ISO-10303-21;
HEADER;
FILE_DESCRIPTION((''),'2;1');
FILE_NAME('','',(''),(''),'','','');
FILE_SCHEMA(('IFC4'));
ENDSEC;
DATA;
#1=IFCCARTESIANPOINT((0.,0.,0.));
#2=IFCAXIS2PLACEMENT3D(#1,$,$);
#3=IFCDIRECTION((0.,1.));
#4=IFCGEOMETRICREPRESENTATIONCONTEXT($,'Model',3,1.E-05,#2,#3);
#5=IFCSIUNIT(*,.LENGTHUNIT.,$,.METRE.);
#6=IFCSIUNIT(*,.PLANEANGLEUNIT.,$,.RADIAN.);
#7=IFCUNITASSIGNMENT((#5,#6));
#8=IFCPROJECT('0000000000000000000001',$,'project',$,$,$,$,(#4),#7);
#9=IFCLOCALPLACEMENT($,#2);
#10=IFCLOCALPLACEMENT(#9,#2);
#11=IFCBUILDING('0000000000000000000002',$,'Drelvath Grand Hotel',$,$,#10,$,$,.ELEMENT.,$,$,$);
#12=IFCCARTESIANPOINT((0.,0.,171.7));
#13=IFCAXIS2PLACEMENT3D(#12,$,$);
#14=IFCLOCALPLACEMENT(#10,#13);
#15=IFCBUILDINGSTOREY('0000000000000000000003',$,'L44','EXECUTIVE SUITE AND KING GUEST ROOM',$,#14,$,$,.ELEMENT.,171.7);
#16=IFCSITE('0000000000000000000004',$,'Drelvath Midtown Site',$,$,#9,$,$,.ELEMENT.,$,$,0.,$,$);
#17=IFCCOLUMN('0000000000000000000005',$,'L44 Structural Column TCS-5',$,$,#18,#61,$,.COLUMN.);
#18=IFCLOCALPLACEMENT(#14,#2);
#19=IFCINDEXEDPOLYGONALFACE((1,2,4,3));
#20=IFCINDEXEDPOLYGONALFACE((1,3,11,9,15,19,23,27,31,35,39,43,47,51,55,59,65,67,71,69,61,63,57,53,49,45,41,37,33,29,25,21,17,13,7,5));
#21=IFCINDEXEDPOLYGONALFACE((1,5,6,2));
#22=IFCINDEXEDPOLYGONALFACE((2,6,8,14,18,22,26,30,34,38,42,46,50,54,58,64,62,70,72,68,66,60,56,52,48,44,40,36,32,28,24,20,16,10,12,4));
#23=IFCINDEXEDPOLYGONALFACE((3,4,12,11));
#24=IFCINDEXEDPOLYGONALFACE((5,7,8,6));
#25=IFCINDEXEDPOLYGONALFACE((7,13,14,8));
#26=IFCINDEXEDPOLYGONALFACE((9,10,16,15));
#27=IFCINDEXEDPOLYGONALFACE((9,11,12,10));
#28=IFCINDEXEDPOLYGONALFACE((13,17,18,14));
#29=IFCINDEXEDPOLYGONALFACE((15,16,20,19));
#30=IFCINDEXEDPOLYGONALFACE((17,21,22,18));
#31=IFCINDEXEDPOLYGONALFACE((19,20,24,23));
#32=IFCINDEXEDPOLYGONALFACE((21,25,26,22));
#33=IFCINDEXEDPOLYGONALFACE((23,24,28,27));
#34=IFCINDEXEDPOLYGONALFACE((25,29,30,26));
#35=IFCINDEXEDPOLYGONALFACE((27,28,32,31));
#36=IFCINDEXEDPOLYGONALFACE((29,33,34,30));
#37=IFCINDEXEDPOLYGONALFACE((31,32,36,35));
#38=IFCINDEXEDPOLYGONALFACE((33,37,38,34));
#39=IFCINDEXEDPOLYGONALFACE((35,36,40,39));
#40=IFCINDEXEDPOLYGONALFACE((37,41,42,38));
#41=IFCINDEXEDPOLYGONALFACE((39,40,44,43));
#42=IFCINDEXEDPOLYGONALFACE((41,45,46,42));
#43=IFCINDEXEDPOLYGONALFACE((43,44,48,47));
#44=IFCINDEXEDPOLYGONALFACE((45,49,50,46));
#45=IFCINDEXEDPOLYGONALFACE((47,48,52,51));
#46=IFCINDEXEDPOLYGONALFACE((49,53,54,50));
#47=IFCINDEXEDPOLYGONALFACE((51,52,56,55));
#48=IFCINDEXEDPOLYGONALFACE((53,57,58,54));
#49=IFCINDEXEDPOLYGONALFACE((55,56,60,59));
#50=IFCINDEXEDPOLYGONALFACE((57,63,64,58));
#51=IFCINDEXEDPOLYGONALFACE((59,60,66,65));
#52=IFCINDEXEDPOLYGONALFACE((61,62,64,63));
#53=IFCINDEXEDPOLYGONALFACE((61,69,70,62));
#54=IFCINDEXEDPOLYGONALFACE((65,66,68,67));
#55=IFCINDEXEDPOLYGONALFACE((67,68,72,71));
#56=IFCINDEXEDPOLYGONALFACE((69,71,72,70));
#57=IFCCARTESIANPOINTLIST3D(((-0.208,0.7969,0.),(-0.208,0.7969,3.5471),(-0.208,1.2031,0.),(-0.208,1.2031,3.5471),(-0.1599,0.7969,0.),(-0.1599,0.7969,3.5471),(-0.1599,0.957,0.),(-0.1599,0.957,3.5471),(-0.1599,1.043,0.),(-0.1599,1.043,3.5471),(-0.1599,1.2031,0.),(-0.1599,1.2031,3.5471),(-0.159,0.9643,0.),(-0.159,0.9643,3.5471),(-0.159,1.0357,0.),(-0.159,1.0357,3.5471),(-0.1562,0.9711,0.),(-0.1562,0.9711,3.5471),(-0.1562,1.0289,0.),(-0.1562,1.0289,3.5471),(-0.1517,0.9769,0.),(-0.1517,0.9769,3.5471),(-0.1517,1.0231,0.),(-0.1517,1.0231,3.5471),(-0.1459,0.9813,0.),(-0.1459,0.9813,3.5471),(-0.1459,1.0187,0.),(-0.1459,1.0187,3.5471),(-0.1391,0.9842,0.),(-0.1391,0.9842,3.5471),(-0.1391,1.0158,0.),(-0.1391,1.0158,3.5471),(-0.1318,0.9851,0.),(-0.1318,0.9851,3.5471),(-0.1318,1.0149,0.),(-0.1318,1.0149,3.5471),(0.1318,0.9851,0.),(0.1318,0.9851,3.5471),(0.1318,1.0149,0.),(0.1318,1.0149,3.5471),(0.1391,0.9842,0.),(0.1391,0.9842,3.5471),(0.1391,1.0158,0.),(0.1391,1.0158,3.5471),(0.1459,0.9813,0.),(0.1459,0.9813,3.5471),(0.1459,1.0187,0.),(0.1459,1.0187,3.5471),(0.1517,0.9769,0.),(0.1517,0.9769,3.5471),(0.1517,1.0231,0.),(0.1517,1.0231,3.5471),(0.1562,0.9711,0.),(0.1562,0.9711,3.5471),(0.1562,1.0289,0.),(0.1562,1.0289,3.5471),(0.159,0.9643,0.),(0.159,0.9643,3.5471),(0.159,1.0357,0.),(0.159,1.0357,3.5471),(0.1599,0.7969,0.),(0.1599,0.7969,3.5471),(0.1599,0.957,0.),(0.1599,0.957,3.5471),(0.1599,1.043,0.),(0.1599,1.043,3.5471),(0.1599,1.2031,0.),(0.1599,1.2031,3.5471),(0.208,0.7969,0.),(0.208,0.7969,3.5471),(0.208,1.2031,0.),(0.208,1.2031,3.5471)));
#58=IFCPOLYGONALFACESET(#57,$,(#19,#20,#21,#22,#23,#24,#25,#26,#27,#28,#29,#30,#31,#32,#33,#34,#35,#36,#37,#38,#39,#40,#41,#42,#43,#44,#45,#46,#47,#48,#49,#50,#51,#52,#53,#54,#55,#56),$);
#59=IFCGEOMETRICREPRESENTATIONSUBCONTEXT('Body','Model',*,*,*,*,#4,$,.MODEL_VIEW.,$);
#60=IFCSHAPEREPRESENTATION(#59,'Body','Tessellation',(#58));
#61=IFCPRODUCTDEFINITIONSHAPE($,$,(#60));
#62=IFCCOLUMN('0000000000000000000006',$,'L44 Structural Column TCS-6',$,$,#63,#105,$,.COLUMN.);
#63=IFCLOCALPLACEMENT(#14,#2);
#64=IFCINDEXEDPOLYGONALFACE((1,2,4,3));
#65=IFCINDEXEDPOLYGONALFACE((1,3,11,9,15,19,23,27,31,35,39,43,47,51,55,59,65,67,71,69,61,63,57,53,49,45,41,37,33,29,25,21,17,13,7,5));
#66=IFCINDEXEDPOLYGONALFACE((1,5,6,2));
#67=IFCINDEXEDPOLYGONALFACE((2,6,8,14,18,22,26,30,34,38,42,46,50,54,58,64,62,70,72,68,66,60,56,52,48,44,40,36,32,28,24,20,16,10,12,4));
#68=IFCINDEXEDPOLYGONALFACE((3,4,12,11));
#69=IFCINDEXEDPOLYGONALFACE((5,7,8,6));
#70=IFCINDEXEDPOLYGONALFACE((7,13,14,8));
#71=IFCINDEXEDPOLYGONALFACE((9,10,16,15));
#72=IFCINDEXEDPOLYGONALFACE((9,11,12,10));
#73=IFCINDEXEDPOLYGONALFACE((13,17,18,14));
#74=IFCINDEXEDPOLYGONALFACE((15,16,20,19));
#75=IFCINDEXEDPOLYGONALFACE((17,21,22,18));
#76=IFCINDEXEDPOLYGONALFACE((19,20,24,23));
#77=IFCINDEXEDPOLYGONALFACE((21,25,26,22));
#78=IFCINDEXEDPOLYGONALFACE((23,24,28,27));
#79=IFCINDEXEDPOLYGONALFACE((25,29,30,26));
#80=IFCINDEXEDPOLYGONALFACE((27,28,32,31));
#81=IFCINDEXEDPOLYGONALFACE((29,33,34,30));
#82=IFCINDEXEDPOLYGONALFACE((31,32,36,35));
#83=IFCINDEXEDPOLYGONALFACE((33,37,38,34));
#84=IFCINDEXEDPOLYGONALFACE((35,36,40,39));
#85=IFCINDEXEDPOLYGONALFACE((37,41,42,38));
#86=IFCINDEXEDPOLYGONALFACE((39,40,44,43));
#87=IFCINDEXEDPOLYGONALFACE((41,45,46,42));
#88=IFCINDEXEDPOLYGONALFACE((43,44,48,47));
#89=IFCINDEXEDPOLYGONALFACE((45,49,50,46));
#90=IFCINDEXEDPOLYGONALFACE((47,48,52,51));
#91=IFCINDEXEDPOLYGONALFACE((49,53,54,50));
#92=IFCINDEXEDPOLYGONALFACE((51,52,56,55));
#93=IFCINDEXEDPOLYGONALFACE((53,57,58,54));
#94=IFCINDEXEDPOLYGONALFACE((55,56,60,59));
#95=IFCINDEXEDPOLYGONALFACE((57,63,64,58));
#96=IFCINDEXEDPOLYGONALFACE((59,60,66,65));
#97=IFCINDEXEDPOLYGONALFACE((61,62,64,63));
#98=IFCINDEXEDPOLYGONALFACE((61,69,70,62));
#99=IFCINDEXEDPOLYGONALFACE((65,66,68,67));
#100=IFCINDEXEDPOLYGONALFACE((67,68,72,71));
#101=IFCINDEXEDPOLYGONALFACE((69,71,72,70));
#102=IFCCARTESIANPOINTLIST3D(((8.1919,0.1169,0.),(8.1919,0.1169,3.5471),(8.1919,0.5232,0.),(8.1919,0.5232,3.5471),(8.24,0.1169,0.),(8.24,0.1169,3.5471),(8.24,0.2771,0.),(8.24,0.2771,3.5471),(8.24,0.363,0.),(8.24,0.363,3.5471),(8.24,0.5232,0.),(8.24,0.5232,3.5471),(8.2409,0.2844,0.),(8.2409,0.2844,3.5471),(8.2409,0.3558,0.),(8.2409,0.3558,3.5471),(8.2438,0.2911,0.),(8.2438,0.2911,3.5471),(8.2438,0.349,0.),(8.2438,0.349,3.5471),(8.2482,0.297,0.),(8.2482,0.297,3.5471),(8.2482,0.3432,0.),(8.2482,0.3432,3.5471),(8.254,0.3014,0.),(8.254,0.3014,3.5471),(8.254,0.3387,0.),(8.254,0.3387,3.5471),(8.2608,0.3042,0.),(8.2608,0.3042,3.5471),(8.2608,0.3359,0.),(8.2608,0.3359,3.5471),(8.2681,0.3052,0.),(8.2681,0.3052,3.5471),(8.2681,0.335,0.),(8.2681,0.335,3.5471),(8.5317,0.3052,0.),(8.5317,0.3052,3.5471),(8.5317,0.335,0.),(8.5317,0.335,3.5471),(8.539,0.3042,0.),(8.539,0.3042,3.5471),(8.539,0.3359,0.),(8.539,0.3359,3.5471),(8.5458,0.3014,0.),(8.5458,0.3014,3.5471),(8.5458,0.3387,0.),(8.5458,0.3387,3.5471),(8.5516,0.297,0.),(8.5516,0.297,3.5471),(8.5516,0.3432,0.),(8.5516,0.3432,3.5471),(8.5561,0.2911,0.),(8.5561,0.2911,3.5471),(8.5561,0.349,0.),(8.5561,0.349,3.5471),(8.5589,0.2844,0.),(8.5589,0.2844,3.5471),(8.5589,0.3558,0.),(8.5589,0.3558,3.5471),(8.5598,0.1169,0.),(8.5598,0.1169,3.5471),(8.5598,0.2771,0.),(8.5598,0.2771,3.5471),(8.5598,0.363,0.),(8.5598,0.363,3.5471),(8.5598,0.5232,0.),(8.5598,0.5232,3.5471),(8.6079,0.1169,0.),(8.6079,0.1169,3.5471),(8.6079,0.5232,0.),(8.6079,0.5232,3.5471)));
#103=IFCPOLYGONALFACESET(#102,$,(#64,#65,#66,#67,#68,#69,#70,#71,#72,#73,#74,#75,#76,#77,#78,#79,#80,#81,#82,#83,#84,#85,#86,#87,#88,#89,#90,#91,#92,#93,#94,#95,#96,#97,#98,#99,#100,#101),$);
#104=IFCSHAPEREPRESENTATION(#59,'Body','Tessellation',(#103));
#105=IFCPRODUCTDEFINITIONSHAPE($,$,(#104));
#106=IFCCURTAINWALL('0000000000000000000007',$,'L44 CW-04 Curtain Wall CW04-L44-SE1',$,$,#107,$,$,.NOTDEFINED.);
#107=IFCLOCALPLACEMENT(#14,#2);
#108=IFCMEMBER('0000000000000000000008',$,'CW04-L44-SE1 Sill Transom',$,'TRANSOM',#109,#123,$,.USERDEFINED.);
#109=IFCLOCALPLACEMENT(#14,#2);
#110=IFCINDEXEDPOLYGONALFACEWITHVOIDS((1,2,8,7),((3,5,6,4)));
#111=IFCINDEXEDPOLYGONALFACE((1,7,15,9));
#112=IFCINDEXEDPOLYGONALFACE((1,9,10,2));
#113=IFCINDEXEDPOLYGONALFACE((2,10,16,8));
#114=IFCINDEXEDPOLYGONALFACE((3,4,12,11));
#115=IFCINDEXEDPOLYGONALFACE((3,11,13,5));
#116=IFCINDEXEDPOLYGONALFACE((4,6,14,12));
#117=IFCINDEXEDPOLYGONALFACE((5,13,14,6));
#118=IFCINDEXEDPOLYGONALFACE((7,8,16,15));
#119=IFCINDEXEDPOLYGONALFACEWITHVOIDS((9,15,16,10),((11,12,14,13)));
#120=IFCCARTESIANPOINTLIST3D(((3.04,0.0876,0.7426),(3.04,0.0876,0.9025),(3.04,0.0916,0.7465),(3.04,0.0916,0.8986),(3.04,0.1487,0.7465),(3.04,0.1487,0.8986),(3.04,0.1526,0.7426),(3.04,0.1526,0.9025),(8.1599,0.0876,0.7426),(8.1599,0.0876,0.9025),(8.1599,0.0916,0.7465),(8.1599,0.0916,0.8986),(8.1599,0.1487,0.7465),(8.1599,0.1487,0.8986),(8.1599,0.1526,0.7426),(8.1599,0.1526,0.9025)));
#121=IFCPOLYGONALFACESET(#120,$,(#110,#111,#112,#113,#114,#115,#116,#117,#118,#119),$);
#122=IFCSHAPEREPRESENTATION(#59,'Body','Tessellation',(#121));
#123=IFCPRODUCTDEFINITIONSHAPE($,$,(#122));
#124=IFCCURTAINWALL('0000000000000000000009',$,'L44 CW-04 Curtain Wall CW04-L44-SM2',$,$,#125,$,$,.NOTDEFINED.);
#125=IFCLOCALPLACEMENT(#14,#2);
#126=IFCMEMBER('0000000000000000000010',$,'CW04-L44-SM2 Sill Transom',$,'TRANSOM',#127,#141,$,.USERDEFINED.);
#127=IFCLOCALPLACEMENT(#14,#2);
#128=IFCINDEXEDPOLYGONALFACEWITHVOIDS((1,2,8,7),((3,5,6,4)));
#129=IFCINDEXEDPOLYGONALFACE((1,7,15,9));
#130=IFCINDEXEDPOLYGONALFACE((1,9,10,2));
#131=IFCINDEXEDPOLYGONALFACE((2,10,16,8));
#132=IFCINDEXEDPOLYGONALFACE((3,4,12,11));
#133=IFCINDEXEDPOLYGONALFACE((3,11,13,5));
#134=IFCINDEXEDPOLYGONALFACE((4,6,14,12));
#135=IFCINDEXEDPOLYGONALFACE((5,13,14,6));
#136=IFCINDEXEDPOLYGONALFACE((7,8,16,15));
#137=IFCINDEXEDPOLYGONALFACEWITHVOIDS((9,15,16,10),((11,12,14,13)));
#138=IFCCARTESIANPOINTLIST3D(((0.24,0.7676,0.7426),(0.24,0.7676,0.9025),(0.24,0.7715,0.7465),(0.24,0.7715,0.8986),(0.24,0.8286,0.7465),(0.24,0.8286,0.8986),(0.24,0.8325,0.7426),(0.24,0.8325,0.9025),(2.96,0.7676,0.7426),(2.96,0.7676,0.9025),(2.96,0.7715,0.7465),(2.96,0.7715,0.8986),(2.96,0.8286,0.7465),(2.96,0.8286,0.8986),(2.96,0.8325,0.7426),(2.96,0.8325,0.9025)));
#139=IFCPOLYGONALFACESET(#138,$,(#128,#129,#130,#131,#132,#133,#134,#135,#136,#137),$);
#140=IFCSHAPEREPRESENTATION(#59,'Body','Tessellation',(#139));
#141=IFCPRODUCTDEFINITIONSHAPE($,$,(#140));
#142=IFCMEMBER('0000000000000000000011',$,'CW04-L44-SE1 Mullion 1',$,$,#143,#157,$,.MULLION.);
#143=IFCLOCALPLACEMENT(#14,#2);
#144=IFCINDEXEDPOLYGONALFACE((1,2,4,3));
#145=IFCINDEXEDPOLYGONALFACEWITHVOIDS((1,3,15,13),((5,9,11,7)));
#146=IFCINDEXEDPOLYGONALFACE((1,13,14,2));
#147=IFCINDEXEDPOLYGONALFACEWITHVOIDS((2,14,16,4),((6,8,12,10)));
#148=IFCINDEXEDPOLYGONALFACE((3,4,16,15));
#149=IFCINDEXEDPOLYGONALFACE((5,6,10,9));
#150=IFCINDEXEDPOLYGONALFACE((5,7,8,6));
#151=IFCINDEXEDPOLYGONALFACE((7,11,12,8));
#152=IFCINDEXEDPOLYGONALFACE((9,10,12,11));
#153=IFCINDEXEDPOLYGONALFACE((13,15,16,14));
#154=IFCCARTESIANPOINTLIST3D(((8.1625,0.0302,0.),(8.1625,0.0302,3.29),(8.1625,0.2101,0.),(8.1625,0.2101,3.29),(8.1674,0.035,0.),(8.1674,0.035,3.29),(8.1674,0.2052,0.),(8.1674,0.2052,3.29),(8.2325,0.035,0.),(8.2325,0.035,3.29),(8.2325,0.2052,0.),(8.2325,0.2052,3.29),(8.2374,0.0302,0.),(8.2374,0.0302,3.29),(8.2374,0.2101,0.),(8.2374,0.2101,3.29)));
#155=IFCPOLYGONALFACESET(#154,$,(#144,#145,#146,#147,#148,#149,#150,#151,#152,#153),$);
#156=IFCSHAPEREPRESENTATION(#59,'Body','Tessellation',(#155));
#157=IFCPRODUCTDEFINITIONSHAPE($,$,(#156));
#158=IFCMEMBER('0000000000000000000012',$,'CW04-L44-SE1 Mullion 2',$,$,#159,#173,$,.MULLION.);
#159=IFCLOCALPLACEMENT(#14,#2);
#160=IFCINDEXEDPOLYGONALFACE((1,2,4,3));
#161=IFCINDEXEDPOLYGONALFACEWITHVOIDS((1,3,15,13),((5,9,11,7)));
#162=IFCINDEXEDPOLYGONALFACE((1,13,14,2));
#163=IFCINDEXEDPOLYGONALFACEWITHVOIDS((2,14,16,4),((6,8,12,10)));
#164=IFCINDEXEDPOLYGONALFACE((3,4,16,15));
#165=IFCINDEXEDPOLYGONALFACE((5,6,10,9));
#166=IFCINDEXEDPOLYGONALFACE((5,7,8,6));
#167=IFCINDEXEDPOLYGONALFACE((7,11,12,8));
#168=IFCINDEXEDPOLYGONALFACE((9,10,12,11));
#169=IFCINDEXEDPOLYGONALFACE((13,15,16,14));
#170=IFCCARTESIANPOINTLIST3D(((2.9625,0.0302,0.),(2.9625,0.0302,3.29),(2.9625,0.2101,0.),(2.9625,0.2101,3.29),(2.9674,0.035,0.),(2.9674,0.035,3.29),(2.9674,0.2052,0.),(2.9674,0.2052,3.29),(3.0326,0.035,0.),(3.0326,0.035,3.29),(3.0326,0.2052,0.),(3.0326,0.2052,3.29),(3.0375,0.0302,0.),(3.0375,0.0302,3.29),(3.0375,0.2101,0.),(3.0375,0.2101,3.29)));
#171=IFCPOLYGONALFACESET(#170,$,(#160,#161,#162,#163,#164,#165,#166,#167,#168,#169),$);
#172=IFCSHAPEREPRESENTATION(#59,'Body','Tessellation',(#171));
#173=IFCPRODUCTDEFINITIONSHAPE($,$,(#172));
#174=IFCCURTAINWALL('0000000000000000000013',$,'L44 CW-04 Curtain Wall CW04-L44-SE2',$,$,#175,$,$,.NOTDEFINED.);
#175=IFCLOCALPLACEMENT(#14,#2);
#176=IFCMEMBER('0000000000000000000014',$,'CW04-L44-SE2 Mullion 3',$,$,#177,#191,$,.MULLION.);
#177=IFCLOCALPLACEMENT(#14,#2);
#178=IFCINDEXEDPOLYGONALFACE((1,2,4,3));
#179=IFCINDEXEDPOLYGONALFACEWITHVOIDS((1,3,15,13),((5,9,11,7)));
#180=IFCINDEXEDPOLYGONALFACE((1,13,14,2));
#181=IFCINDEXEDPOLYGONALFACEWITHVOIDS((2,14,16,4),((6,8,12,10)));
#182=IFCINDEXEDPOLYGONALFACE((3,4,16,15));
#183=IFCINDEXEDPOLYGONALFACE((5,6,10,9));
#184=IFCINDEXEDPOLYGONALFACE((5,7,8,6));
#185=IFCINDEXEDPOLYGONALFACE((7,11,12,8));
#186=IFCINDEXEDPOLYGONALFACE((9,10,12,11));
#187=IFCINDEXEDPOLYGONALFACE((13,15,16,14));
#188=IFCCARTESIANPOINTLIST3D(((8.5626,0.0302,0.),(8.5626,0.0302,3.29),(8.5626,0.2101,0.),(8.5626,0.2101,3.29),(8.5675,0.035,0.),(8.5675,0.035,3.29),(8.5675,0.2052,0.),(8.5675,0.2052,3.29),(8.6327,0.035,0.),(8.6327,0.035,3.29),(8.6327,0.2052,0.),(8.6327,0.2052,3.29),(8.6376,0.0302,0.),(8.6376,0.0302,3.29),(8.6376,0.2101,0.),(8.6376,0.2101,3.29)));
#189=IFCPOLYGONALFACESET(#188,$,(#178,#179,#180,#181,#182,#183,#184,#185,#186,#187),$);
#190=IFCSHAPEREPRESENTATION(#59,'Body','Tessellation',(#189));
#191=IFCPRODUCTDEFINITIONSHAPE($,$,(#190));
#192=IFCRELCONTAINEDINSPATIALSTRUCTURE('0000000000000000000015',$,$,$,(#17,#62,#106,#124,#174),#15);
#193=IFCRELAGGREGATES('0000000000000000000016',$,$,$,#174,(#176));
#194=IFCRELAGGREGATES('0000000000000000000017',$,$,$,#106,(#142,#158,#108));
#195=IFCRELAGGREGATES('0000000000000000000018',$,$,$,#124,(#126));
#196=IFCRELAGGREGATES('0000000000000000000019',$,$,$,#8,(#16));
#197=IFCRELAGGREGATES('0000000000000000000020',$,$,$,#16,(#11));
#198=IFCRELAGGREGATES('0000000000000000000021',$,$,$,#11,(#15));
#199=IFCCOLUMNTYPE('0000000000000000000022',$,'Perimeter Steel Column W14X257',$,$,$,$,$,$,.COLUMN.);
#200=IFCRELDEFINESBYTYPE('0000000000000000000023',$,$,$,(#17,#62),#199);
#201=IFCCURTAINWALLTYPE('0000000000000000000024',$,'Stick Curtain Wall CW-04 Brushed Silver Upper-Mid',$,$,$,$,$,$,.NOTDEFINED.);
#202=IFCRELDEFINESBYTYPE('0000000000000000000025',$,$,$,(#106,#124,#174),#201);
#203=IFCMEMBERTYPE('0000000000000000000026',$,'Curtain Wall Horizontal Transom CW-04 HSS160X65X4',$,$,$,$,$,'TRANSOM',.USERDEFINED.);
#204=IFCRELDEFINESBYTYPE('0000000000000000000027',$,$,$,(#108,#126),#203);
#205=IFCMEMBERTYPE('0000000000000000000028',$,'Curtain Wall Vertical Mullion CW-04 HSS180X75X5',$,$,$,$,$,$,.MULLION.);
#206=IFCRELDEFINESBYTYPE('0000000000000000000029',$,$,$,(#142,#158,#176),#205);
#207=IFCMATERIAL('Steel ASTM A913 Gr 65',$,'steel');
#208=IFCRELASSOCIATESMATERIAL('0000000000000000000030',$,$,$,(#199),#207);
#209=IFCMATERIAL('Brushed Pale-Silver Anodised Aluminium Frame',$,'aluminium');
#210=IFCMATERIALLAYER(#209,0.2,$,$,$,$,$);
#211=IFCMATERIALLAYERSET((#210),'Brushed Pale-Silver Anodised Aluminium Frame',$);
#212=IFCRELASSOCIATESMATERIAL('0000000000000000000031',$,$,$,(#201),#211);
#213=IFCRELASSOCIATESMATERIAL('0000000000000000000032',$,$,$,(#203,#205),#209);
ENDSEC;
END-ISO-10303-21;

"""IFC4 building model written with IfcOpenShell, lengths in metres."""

from ifc_helpers import new_model, si_unit, direction, frame, origin, origin_2d, place, context, subcontext, project, spatial, hollow_rectangle, i_section, extrude, material, layer, layer_set, material_profile, profile_set, type_object, element, aggregate, save


model = new_model("IFC4")

# Units and contexts
model_context = context("Model", 3, precision=1e-05, world=origin(), true_north=direction((0.0, 1.0)))
body_context = subcontext(model_context, "Body", "Model", "MODEL_VIEW")
ifc_project = project(units=[si_unit("LENGTHUNIT", "METRE"), si_unit("PLANEANGLEUNIT", "RADIAN")], contexts=[model_context])

# Site, building, storey
site_placement = place(None, origin())
site = spatial("IfcSite", under=ifc_project, at=site_placement, Name="Drelvath Midtown Site", CompositionType="ELEMENT", RefElevation=0.0)
building_placement = place(site_placement, origin())
building = spatial("IfcBuilding", under=site, at=building_placement, Name="Drelvath Grand Hotel", CompositionType="ELEMENT")
storey_placement = place(building_placement, frame((0.0, 0.0, 171.7)))
storey = spatial("IfcBuildingStorey", under=building, at=storey_placement, Name="L44", Description="EXECUTIVE SUITE AND KING GUEST ROOM", CompositionType="ELEMENT", Elevation=171.7)

# Columns
ifc_material_1 = material(Name="Steel ASTM A913 Gr 65", Category="steel")
ifc_material_profile_1 = material_profile(ifc_material_1, i_section(OverallWidth=0.4062, OverallDepth=0.416, WebThickness=0.0298, FlangeThickness=0.0481, FilletRadius=0.0281, at=origin_2d()), Name="W14X257")
ifc_profile_set_1 = profile_set([ifc_material_profile_1], Name="Steel ASTM A913 Gr 65")
column_type = type_object("IfcColumnType", Name="Perimeter Steel Column W14X257", PredefinedType="COLUMN", material=ifc_profile_set_1)
for number, where, z_axis, x_axis, name in (
    (1, (0.0, 1.0, 0.0), (0.0, 0.0, 1.0), (0.0, 1.0, 0.0), "L44 Structural Column TCS-5"),
    (2, (8.3999, 0.3201, 0.0), (0.0, 0.0, 1.0), (0.0, 1.0, 0.0), "L44 Structural Column TCS-6"),
):
    element("IfcColumn", number, at=place(storey_placement, frame(where, z_axis=z_axis, x_axis=x_axis)), inside=storey, type_object=column_type, Name=name, PredefinedType="COLUMN", context=body_context, shape_type="SweptSolid", body=[
        extrude(i_section(OverallWidth=0.4062, OverallDepth=0.416, WebThickness=0.0298, FlangeThickness=0.0481, FilletRadius=0.0281, at=origin_2d()), origin(), (0.0, 0.0, 1.0), 3.5471),
    ])

# Curtain walls, members
ifc_material_2 = material(Name="Brushed Pale-Silver Anodised Aluminium Frame", Category="aluminium")
ifc_layer_1 = layer(ifc_material_2, 0.2)
ifc_layer_set_1 = layer_set([ifc_layer_1], Name="Brushed Pale-Silver Anodised Aluminium Frame")
curtain_wall_type = type_object("IfcCurtainWallType", Name="Stick Curtain Wall CW-04 Brushed Silver Upper-Mid", PredefinedType="NOTDEFINED", material=ifc_layer_set_1)
curtain_wall_1_placement = place(storey_placement, origin())
curtain_wall_1 = element("IfcCurtainWall", 3, at=curtain_wall_1_placement, inside=storey, type_object=curtain_wall_type, Name="L44 CW-04 Curtain Wall CW04-L44-SE1", PredefinedType="NOTDEFINED")
ifc_material_profile_2 = material_profile(ifc_material_2, hollow_rectangle(XDim=0.0649, YDim=0.1599, WallThickness=0.0039, at=origin_2d()), Name="HSS160X65X4")
ifc_profile_set_2 = profile_set([ifc_material_profile_2], Name="Brushed Pale-Silver Anodised Aluminium Frame")
member_type_1 = type_object("IfcMemberType", Name="Curtain Wall Horizontal Transom CW-04 HSS160X65X4", ElementType="TRANSOM", PredefinedType="USERDEFINED", material=ifc_profile_set_2)
member_1_placement = place(storey_placement, frame((8.1599, 0.1201, 0.8225), z_axis=(-1.0, 0.0, 0.0), x_axis=(0.0, -1.0, 0.0)))
member_1 = element("IfcMember", 4, at=member_1_placement, type_object=member_type_1, Name="CW04-L44-SE1 Sill Transom", ObjectType="TRANSOM", PredefinedType="USERDEFINED", context=body_context, shape_type="SweptSolid", body=[
    extrude(hollow_rectangle(XDim=0.0649, YDim=0.1599, WallThickness=0.0039, at=origin_2d()), origin(), (0.0, 0.0, 1.0), 5.1199),
])
curtain_wall_2_placement = place(storey_placement, origin())
curtain_wall_2 = element("IfcCurtainWall", 5, at=curtain_wall_2_placement, inside=storey, type_object=curtain_wall_type, Name="L44 CW-04 Curtain Wall CW04-L44-SM2", PredefinedType="NOTDEFINED")
member_2_placement = place(storey_placement, frame((2.96, 0.8, 0.8225), z_axis=(-1.0, 0.0, 0.0), x_axis=(0.0, -1.0, 0.0)))
member_2 = element("IfcMember", 6, at=member_2_placement, type_object=member_type_1, Name="CW04-L44-SM2 Sill Transom", ObjectType="TRANSOM", PredefinedType="USERDEFINED", context=body_context, shape_type="SweptSolid", body=[
    extrude(hollow_rectangle(XDim=0.0649, YDim=0.1599, WallThickness=0.0039, at=origin_2d()), origin(), (0.0, 0.0, 1.0), 2.72),
])

# Members
ifc_material_profile_3 = material_profile(ifc_material_2, hollow_rectangle(XDim=0.075, YDim=0.1799, WallThickness=0.0049, at=origin_2d()), Name="HSS180X75X5")
ifc_profile_set_3 = profile_set([ifc_material_profile_3], Name="Brushed Pale-Silver Anodised Aluminium Frame")
member_type_2 = type_object("IfcMemberType", Name="Curtain Wall Vertical Mullion CW-04 HSS180X75X5", PredefinedType="MULLION", material=ifc_profile_set_3)
member_3_placement = place(storey_placement, frame((8.2, 0.1201, 0.0), z_axis=(0.0, 0.0, 1.0), x_axis=(1.0, 0.0, 0.0)))
member_3 = element("IfcMember", 7, at=member_3_placement, type_object=member_type_2, Name="CW04-L44-SE1 Mullion 1", PredefinedType="MULLION", context=body_context, shape_type="SweptSolid", body=[
    extrude(hollow_rectangle(XDim=0.075, YDim=0.1799, WallThickness=0.0049, at=origin_2d()), origin(), (0.0, 0.0, 1.0), 3.29),
])
member_4_placement = place(storey_placement, frame((3.0, 0.1201, 0.0), z_axis=(0.0, 0.0, 1.0), x_axis=(1.0, 0.0, 0.0)))
member_4 = element("IfcMember", 8, at=member_4_placement, type_object=member_type_2, Name="CW04-L44-SE1 Mullion 2", PredefinedType="MULLION", context=body_context, shape_type="SweptSolid", body=[
    extrude(hollow_rectangle(XDim=0.075, YDim=0.1799, WallThickness=0.0049, at=origin_2d()), origin(), (0.0, 0.0, 1.0), 3.29),
])

# Curtain wall, member
curtain_wall_3_placement = place(storey_placement, origin())
curtain_wall_3 = element("IfcCurtainWall", 9, at=curtain_wall_3_placement, inside=storey, type_object=curtain_wall_type, Name="L44 CW-04 Curtain Wall CW04-L44-SE2", PredefinedType="NOTDEFINED")
member_5_placement = place(storey_placement, frame((8.6001, 0.1201, 0.0), z_axis=(0.0, 0.0, 1.0), x_axis=(1.0, 0.0, 0.0)))
member_5 = element("IfcMember", 10, at=member_5_placement, type_object=member_type_2, Name="CW04-L44-SE2 Mullion 3", PredefinedType="MULLION", context=body_context, shape_type="SweptSolid", body=[
    extrude(hollow_rectangle(XDim=0.075, YDim=0.1799, WallThickness=0.0049, at=origin_2d()), origin(), (0.0, 0.0, 1.0), 3.29),
])
aggregate(curtain_wall_3, [member_5])

aggregate(curtain_wall_1, [member_3, member_4, member_1])
aggregate(curtain_wall_2, [member_2])

save(model, "model.ifc")
